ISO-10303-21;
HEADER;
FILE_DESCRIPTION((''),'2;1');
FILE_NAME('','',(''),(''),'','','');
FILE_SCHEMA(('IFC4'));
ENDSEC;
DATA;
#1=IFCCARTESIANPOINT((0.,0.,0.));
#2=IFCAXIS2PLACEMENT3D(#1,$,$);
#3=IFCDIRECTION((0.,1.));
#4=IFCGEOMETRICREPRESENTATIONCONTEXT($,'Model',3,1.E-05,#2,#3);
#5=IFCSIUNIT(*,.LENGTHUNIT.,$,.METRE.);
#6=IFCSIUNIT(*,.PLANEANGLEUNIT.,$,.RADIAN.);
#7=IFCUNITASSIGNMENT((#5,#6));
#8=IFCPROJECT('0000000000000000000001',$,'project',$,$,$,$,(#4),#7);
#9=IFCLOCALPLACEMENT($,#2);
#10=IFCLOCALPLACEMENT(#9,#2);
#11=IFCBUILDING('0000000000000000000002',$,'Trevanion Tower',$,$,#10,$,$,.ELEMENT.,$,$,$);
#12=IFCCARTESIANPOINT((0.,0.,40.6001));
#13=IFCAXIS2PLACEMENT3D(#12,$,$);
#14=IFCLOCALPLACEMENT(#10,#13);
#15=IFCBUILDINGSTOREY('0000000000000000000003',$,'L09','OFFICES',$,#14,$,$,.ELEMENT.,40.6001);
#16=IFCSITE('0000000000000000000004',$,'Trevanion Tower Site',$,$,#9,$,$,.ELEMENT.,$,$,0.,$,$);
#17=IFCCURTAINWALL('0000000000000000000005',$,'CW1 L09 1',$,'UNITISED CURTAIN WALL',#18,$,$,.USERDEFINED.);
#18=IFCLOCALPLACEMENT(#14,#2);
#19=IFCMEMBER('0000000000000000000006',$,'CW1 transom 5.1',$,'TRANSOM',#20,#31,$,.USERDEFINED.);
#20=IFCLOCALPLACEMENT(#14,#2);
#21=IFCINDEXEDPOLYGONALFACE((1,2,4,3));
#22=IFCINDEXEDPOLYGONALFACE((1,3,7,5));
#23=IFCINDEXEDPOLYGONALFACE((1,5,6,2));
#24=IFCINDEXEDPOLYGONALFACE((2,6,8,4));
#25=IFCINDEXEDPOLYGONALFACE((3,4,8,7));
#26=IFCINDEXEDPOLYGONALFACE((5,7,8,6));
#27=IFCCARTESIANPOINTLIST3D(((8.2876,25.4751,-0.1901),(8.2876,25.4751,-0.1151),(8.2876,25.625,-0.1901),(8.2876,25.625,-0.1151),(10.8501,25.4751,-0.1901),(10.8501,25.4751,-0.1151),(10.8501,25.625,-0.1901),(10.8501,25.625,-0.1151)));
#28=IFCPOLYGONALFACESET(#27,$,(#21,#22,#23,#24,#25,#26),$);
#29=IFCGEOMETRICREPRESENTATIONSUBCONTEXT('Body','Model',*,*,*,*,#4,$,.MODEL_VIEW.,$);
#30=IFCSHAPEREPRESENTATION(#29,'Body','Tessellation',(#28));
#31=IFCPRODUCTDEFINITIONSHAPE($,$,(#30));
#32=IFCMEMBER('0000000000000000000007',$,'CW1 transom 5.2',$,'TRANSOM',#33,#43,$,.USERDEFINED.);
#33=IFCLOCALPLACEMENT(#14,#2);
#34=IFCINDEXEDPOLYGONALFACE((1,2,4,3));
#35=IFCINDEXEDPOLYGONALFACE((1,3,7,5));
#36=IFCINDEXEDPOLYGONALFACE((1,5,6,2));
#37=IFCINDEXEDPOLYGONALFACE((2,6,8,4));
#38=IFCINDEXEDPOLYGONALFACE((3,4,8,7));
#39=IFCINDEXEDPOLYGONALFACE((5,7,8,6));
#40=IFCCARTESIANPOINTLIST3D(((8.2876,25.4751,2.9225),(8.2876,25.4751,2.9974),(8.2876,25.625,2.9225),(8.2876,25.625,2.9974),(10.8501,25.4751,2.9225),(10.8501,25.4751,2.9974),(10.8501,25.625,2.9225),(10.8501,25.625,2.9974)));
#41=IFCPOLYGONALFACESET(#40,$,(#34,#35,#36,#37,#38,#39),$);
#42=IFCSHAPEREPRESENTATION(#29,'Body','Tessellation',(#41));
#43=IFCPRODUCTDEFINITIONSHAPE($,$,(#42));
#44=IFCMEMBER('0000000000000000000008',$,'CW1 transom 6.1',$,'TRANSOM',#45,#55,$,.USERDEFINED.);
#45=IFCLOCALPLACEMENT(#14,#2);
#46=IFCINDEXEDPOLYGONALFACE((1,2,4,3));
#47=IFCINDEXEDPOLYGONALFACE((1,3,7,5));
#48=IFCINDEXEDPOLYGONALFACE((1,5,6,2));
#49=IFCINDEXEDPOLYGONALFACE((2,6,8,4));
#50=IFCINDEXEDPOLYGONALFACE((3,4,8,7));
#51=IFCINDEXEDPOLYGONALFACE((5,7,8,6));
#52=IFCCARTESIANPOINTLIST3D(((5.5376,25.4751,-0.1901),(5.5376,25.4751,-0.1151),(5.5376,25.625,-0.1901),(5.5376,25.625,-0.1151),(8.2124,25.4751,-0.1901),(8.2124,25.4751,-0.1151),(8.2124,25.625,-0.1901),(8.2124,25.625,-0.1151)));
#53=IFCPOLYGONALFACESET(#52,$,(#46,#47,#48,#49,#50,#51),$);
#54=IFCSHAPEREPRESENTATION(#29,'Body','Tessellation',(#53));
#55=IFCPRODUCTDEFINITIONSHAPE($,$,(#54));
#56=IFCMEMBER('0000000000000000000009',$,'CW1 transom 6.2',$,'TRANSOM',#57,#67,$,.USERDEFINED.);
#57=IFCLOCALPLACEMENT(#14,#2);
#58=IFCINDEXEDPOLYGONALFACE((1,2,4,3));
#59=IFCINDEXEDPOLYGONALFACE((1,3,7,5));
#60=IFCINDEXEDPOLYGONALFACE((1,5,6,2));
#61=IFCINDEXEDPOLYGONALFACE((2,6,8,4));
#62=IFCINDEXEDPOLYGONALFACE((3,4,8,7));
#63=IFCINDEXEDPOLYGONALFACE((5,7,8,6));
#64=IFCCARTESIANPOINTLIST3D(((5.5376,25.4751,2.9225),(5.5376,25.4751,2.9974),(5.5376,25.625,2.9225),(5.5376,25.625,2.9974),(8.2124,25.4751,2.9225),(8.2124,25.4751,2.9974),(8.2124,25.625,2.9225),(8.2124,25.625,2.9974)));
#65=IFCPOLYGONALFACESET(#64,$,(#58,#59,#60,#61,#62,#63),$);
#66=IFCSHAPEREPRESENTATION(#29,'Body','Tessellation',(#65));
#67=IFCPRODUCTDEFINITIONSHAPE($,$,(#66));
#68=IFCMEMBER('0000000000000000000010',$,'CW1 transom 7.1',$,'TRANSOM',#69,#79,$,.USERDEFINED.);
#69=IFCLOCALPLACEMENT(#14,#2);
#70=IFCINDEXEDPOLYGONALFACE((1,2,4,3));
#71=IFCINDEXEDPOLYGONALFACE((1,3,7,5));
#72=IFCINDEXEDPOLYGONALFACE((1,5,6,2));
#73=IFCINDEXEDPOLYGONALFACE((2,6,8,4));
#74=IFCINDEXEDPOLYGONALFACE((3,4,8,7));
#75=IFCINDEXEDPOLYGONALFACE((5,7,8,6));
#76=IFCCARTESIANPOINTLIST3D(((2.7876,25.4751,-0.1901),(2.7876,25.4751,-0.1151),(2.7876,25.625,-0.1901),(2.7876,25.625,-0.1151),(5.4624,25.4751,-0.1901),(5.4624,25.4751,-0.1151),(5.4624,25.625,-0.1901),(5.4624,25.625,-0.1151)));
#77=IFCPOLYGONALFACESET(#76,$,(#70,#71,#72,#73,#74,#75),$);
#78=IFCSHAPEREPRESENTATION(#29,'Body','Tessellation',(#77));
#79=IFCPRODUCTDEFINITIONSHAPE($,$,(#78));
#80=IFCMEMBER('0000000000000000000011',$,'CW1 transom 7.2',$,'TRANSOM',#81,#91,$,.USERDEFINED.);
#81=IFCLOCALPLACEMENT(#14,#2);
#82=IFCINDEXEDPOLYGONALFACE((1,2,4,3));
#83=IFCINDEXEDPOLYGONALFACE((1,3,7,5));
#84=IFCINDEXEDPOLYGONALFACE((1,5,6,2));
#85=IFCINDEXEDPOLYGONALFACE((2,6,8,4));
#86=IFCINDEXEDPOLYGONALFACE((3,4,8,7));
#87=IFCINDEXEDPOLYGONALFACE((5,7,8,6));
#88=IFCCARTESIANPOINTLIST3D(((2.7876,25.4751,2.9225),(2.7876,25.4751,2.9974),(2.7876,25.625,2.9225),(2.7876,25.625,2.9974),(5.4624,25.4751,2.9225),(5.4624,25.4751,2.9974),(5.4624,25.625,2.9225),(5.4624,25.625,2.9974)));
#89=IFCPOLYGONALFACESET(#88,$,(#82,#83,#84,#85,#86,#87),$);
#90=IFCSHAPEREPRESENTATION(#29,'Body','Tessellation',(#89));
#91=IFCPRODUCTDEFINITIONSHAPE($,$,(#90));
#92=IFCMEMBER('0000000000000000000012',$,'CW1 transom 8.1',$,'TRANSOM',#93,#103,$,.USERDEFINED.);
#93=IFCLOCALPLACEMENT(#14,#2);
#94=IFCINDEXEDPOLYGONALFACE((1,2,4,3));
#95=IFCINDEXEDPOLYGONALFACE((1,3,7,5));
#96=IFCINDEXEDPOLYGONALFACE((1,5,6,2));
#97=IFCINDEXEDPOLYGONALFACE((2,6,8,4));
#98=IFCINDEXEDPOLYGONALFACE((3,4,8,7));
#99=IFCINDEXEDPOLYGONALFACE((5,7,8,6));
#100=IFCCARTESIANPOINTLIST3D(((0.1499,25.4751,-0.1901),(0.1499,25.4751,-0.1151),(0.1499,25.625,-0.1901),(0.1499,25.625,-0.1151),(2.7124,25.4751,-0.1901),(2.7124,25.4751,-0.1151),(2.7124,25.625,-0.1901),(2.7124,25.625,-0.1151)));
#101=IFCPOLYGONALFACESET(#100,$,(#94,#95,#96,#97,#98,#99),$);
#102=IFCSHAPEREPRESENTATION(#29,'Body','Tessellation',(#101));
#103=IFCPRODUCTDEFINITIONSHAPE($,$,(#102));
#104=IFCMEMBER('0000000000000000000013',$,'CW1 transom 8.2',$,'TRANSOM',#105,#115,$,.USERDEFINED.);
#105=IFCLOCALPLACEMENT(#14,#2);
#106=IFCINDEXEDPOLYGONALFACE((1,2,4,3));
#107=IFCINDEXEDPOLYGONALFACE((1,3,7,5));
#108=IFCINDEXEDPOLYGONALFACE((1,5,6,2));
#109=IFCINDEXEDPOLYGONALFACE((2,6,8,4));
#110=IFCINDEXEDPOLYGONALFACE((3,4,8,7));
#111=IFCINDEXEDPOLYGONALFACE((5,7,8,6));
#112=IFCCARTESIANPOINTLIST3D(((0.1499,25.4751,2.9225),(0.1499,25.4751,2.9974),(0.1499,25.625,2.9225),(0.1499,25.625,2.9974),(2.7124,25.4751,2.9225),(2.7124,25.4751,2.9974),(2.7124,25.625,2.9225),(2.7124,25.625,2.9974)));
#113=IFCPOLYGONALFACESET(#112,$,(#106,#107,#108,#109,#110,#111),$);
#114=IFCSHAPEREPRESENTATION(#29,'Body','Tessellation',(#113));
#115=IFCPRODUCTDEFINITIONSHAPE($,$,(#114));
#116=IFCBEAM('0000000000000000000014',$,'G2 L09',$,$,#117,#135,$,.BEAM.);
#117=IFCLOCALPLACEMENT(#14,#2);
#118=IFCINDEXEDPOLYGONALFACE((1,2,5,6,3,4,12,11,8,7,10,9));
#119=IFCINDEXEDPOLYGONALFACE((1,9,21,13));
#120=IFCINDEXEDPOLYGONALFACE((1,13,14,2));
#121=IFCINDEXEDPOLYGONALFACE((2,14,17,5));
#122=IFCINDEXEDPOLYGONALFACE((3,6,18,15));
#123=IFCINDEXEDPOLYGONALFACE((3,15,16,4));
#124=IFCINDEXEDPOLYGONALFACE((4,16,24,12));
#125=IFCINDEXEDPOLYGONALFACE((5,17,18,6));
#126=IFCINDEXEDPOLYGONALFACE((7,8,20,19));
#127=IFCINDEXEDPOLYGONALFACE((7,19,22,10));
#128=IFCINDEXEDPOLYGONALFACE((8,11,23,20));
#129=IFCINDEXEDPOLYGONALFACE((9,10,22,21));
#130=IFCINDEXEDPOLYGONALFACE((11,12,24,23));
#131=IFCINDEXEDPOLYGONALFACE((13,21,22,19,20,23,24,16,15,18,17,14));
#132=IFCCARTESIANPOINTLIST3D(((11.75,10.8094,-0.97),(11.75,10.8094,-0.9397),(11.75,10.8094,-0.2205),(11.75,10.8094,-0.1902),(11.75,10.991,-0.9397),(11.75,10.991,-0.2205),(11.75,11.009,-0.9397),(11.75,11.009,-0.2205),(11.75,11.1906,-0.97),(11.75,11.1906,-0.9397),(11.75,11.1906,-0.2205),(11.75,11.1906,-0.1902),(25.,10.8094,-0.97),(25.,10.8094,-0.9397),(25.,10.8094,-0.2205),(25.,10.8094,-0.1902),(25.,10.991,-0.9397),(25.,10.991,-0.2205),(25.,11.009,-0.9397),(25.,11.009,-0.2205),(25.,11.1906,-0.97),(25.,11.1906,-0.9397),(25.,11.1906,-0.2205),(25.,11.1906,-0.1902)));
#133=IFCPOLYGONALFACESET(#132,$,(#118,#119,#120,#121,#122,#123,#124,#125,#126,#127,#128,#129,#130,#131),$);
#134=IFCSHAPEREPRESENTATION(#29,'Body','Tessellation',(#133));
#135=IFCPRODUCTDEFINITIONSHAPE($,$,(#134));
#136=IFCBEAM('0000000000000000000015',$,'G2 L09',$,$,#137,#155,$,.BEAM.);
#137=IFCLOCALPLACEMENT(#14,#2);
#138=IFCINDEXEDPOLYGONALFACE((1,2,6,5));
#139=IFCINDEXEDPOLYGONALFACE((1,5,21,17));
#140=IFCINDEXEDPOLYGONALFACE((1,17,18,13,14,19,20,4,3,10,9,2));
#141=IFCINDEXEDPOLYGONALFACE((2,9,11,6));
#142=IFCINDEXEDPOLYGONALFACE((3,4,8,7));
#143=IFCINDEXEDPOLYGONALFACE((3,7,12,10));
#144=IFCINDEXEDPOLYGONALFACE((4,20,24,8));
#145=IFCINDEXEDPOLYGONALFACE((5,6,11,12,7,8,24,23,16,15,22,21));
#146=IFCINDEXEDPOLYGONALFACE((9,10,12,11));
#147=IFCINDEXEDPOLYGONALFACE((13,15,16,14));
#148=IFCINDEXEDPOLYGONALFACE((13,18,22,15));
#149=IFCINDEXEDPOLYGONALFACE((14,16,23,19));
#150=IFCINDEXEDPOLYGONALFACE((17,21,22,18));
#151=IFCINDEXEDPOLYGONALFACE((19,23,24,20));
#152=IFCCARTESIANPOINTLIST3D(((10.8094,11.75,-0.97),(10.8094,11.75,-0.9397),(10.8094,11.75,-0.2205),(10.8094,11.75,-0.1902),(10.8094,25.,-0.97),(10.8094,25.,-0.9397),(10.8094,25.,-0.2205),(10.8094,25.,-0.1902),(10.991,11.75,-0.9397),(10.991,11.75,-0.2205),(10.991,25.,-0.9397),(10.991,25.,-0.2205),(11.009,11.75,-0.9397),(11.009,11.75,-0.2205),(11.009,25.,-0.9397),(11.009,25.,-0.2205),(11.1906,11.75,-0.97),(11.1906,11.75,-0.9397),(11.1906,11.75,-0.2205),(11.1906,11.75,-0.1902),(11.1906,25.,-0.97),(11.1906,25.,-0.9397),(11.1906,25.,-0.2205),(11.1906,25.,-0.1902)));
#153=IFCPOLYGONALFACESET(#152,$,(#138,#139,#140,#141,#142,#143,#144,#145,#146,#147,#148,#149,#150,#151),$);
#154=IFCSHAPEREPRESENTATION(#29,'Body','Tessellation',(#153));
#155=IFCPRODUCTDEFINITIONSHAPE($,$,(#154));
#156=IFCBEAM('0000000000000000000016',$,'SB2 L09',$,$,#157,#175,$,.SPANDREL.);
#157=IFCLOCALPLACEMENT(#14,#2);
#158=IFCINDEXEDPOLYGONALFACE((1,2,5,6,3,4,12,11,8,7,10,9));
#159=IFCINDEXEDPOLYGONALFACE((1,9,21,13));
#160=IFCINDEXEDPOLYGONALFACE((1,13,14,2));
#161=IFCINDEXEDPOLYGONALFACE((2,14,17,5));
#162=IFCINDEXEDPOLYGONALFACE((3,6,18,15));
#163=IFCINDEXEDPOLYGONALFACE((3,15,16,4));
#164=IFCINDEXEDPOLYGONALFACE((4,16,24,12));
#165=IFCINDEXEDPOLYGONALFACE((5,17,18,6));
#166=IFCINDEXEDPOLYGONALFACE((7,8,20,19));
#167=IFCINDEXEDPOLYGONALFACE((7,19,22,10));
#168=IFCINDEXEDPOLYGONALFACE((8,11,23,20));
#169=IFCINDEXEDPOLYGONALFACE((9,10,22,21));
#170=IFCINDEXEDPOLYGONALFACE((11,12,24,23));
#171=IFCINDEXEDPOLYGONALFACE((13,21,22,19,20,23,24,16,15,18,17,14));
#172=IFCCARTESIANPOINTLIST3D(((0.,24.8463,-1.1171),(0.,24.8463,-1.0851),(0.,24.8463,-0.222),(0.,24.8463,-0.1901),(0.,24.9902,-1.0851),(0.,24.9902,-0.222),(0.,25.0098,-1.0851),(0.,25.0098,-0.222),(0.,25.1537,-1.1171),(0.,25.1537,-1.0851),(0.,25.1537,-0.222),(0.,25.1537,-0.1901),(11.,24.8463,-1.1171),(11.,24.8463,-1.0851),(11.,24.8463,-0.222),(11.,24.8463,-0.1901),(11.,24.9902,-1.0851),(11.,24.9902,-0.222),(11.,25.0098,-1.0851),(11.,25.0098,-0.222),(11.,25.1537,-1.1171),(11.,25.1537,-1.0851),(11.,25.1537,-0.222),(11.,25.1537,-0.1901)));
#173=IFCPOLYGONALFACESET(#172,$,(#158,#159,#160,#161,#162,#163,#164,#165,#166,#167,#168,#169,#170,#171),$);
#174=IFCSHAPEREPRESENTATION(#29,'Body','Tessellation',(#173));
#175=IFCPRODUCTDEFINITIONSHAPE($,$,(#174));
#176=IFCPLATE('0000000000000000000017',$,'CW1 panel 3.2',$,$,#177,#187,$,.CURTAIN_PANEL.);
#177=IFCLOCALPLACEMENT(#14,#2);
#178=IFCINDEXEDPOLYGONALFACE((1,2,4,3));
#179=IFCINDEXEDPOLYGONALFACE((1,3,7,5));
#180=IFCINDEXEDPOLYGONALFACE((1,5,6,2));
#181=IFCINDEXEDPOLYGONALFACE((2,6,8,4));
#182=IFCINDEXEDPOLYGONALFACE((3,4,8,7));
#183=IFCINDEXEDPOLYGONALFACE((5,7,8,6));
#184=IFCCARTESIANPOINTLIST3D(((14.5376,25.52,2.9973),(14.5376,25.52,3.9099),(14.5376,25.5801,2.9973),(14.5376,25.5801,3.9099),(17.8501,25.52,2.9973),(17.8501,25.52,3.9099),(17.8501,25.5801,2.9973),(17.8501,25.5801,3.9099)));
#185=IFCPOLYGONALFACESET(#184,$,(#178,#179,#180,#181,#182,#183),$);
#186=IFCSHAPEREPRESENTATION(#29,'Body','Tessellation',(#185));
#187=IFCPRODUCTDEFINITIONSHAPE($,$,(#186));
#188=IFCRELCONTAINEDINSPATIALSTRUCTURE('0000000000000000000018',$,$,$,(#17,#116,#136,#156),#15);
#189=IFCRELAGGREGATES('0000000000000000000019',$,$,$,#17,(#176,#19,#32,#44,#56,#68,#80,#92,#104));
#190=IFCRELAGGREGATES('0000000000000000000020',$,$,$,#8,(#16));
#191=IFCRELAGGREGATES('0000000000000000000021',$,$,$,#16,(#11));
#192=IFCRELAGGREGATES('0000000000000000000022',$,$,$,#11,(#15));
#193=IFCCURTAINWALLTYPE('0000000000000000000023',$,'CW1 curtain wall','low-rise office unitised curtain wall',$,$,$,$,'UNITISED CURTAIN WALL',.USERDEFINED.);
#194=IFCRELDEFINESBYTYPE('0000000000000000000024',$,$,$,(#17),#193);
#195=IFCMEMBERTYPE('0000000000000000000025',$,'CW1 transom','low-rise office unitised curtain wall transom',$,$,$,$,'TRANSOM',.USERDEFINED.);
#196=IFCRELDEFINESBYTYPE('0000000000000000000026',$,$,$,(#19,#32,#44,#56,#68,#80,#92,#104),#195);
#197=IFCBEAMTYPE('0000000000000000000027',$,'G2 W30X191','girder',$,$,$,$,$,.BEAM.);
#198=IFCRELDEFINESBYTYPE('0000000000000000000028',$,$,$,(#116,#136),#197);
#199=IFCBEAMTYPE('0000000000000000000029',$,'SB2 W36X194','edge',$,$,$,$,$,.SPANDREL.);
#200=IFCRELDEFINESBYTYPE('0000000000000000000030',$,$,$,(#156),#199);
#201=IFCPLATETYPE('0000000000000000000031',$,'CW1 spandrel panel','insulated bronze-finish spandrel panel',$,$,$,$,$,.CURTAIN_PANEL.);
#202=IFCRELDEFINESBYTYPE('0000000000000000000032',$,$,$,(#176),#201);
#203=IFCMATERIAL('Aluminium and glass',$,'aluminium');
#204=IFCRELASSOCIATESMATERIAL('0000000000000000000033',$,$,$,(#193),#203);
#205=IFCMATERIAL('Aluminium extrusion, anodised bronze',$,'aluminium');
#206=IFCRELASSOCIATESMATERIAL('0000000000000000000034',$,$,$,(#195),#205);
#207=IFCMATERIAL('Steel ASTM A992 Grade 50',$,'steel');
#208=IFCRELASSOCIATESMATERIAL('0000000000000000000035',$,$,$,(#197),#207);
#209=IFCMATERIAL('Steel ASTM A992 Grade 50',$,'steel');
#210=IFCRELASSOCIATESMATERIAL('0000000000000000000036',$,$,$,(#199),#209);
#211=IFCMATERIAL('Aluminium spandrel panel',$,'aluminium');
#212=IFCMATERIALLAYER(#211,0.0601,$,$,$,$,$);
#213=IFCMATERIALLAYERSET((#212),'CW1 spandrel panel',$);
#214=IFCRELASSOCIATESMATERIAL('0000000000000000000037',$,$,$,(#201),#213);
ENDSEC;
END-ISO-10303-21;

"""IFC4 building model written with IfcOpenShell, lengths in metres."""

from ifc_helpers import new_model, si_unit, direction, frame, origin, origin_2d, place, context, subcontext, project, spatial, rectangle, i_section, extrude, material, layer, layer_set, material_profile, profile_set, type_object, element, aggregate, save


model = new_model("IFC4")

# Units and contexts
model_context = context("Model", 3, precision=1e-05, world=origin(), true_north=direction((0.0, 1.0)))
body_context = subcontext(model_context, "Body", "Model", "MODEL_VIEW")
ifc_project = project(units=[si_unit("LENGTHUNIT", "METRE"), si_unit("PLANEANGLEUNIT", "RADIAN")], contexts=[model_context])

# Site, building, storey
site_placement = place(None, origin())
site = spatial("IfcSite", under=ifc_project, at=site_placement, Name="Trevanion Tower Site", CompositionType="ELEMENT", RefElevation=0.0)
building_placement = place(site_placement, origin())
building = spatial("IfcBuilding", under=site, at=building_placement, Name="Trevanion Tower", CompositionType="ELEMENT")
storey_placement = place(building_placement, frame((0.0, 0.0, 40.6001)))
storey = spatial("IfcBuildingStorey", under=building, at=storey_placement, Name="L09", Description="OFFICES", CompositionType="ELEMENT", Elevation=40.6001)

# Curtain wall, members
ifc_material_1 = material(Name="Aluminium and glass", Category="aluminium")
curtain_wall_type = type_object("IfcCurtainWallType", Name="CW1 curtain wall", Description="low-rise office unitised curtain wall", ElementType="UNITISED CURTAIN WALL", PredefinedType="USERDEFINED", material=ifc_material_1)
curtain_wall_placement = place(storey_placement, origin())
curtain_wall = element("IfcCurtainWall", 1, at=curtain_wall_placement, inside=storey, type_object=curtain_wall_type, Name="CW1 L09 1", ObjectType="UNITISED CURTAIN WALL", PredefinedType="USERDEFINED")
ifc_material_2 = material(Name="Aluminium extrusion, anodised bronze", Category="aluminium")
ifc_material_profile_1 = material_profile(ifc_material_2, rectangle(XDim=0.1499, YDim=0.075, at=origin_2d()), Name="CW1 transom")
ifc_profile_set_1 = profile_set([ifc_material_profile_1], Name="Aluminium extrusion, anodised bronze")
member_type_1 = type_object("IfcMemberType", Name="CW1 transom", Description="low-rise office unitised curtain wall transom", ElementType="TRANSOM", PredefinedType="USERDEFINED", material=ifc_profile_set_1)
member_1_placement = place(storey_placement, frame((10.8501, 25.55, -0.1526), z_axis=(-1.0, 0.0, 0.0), x_axis=(0.0, -1.0, 0.0)))
member_1 = element("IfcMember", 2, at=member_1_placement, type_object=member_type_1, Name="CW1 transom 5.1", ObjectType="TRANSOM", PredefinedType="USERDEFINED", context=body_context, shape_type="SweptSolid", body=[
    extrude(rectangle(XDim=0.1499, YDim=0.075, at=origin_2d()), origin(), (0.0, 0.0, 1.0), 2.5625),
])
member_2_placement = place(storey_placement, frame((10.8501, 25.55, 2.96), z_axis=(-1.0, 0.0, 0.0), x_axis=(0.0, -1.0, 0.0)))
member_2 = element("IfcMember", 3, at=member_2_placement, type_object=member_type_1, Name="CW1 transom 5.2", ObjectType="TRANSOM", PredefinedType="USERDEFINED", context=body_context, shape_type="SweptSolid", body=[
    extrude(rectangle(XDim=0.1499, YDim=0.075, at=origin_2d()), origin(), (0.0, 0.0, 1.0), 2.5625),
])
member_3_placement = place(storey_placement, frame((8.2124, 25.55, -0.1526), z_axis=(-1.0, 0.0, 0.0), x_axis=(0.0, -1.0, 0.0)))
member_3 = element("IfcMember", 4, at=member_3_placement, type_object=member_type_1, Name="CW1 transom 6.1", ObjectType="TRANSOM", PredefinedType="USERDEFINED", context=body_context, shape_type="SweptSolid", body=[
    extrude(rectangle(XDim=0.1499, YDim=0.075, at=origin_2d()), origin(), (0.0, 0.0, 1.0), 2.6748),
])
member_4_placement = place(storey_placement, frame((8.2124, 25.55, 2.96), z_axis=(-1.0, 0.0, 0.0), x_axis=(0.0, -1.0, 0.0)))
member_4 = element("IfcMember", 5, at=member_4_placement, type_object=member_type_1, Name="CW1 transom 6.2", ObjectType="TRANSOM", PredefinedType="USERDEFINED", context=body_context, shape_type="SweptSolid", body=[
    extrude(rectangle(XDim=0.1499, YDim=0.075, at=origin_2d()), origin(), (0.0, 0.0, 1.0), 2.6748),
])
member_5_placement = place(storey_placement, frame((5.4624, 25.55, -0.1526), z_axis=(-1.0, 0.0, 0.0), x_axis=(0.0, -1.0, 0.0)))
member_5 = element("IfcMember", 6, at=member_5_placement, type_object=member_type_1, Name="CW1 transom 7.1", ObjectType="TRANSOM", PredefinedType="USERDEFINED", context=body_context, shape_type="SweptSolid", body=[
    extrude(rectangle(XDim=0.1499, YDim=0.075, at=origin_2d()), origin(), (0.0, 0.0, 1.0), 2.6748),
])
member_6_placement = place(storey_placement, frame((5.4624, 25.55, 2.96), z_axis=(-1.0, 0.0, 0.0), x_axis=(0.0, -1.0, 0.0)))
member_6 = element("IfcMember", 7, at=member_6_placement, type_object=member_type_1, Name="CW1 transom 7.2", ObjectType="TRANSOM", PredefinedType="USERDEFINED", context=body_context, shape_type="SweptSolid", body=[
    extrude(rectangle(XDim=0.1499, YDim=0.075, at=origin_2d()), origin(), (0.0, 0.0, 1.0), 2.6748),
])
member_7_placement = place(storey_placement, frame((2.7124, 25.55, -0.1526), z_axis=(-1.0, 0.0, 0.0), x_axis=(0.0, -1.0, 0.0)))
member_7 = element("IfcMember", 8, at=member_7_placement, type_object=member_type_1, Name="CW1 transom 8.1", ObjectType="TRANSOM", PredefinedType="USERDEFINED", context=body_context, shape_type="SweptSolid", body=[
    extrude(rectangle(XDim=0.1499, YDim=0.075, at=origin_2d()), origin(), (0.0, 0.0, 1.0), 2.5625),
])
member_8_placement = place(storey_placement, frame((2.7124, 25.55, 2.96), z_axis=(-1.0, 0.0, 0.0), x_axis=(0.0, -1.0, 0.0)))
member_8 = element("IfcMember", 9, at=member_8_placement, type_object=member_type_1, Name="CW1 transom 8.2", ObjectType="TRANSOM", PredefinedType="USERDEFINED", context=body_context, shape_type="SweptSolid", body=[
    extrude(rectangle(XDim=0.1499, YDim=0.075, at=origin_2d()), origin(), (0.0, 0.0, 1.0), 2.5625),
])

# Beams
ifc_material_3 = material(Name="Steel ASTM A992 Grade 50", Category="steel")
ifc_material_profile_2 = material_profile(ifc_material_3, i_section(OverallWidth=0.3811, OverallDepth=0.7798, WebThickness=0.0181, FlangeThickness=0.0303, at=origin_2d()), Name="W30X191")
ifc_profile_set_2 = profile_set([ifc_material_profile_2], Name="Steel ASTM A992 Grade 50")
beam_type_1 = type_object("IfcBeamType", Name="G2 W30X191", Description="girder", PredefinedType="BEAM", material=ifc_profile_set_2)
for number, where, z_axis, x_axis, name in (
    (10, (11.75, 11.0, -0.5801), (1.0, 0.0, 0.0), (0.0, 1.0, 0.0), "G2 L09"),
    (11, (11.0, 11.75, -0.5801), (0.0, 1.0, 0.0), (-1.0, 0.0, 0.0), "G2 L09"),
):
    element("IfcBeam", number, at=place(storey_placement, frame(where, z_axis=z_axis, x_axis=x_axis)), inside=storey, type_object=beam_type_1, Name=name, PredefinedType="BEAM", context=body_context, shape_type="SweptSolid", body=[
        extrude(i_section(OverallWidth=0.3811, OverallDepth=0.7798, WebThickness=0.0181, FlangeThickness=0.0303, at=origin_2d()), origin(), (0.0, 0.0, 1.0), 13.25),
    ])
ifc_material_4 = material(Name="Steel ASTM A992 Grade 50", Category="steel")
ifc_material_profile_3 = material_profile(ifc_material_4, i_section(OverallWidth=0.3074, OverallDepth=0.927, WebThickness=0.0195, FlangeThickness=0.032, at=origin_2d()), Name="W36X194")
ifc_profile_set_3 = profile_set([ifc_material_profile_3], Name="Steel ASTM A992 Grade 50")
beam_type_2 = type_object("IfcBeamType", Name="SB2 W36X194", Description="edge", PredefinedType="SPANDREL", material=ifc_profile_set_3)
beam_1_placement = place(storey_placement, frame((11.0, 25.0, -0.6536), z_axis=(-1.0, 0.0, 0.0), x_axis=(0.0, -1.0, 0.0)))
element("IfcBeam", 12, at=beam_1_placement, inside=storey, type_object=beam_type_2, Name="SB2 L09", PredefinedType="SPANDREL", context=body_context, shape_type="SweptSolid", body=[
    extrude(i_section(OverallWidth=0.3074, OverallDepth=0.927, WebThickness=0.0195, FlangeThickness=0.032, at=origin_2d()), origin(), (0.0, 0.0, 1.0), 11.0),
])

# Plate
ifc_material_5 = material(Name="Aluminium spandrel panel", Category="aluminium")
ifc_layer_1 = layer(ifc_material_5, 0.0601)
ifc_layer_set_1 = layer_set([ifc_layer_1], Name="CW1 spandrel panel")
plate_type_1 = type_object("IfcPlateType", Name="CW1 spandrel panel", Description="insulated bronze-finish spandrel panel", PredefinedType="CURTAIN_PANEL", material=ifc_layer_set_1)
plate_1_placement = place(storey_placement, frame((16.1938, 25.55, 2.9973), z_axis=(0.0, 0.0, 1.0), x_axis=(-1.0, 0.0, 0.0)))
plate_1 = element("IfcPlate", 13, at=plate_1_placement, type_object=plate_type_1, Name="CW1 panel 3.2", PredefinedType="CURTAIN_PANEL", context=body_context, shape_type="SweptSolid", body=[
    extrude(rectangle(XDim=3.3125, YDim=0.0601, at=origin_2d()), origin(), (0.0, 0.0, 1.0), 0.9126),
])
aggregate(curtain_wall, [plate_1, member_1, member_2, member_3, member_4, member_5, member_6, member_7, member_8])

save(model, "model.ifc")
